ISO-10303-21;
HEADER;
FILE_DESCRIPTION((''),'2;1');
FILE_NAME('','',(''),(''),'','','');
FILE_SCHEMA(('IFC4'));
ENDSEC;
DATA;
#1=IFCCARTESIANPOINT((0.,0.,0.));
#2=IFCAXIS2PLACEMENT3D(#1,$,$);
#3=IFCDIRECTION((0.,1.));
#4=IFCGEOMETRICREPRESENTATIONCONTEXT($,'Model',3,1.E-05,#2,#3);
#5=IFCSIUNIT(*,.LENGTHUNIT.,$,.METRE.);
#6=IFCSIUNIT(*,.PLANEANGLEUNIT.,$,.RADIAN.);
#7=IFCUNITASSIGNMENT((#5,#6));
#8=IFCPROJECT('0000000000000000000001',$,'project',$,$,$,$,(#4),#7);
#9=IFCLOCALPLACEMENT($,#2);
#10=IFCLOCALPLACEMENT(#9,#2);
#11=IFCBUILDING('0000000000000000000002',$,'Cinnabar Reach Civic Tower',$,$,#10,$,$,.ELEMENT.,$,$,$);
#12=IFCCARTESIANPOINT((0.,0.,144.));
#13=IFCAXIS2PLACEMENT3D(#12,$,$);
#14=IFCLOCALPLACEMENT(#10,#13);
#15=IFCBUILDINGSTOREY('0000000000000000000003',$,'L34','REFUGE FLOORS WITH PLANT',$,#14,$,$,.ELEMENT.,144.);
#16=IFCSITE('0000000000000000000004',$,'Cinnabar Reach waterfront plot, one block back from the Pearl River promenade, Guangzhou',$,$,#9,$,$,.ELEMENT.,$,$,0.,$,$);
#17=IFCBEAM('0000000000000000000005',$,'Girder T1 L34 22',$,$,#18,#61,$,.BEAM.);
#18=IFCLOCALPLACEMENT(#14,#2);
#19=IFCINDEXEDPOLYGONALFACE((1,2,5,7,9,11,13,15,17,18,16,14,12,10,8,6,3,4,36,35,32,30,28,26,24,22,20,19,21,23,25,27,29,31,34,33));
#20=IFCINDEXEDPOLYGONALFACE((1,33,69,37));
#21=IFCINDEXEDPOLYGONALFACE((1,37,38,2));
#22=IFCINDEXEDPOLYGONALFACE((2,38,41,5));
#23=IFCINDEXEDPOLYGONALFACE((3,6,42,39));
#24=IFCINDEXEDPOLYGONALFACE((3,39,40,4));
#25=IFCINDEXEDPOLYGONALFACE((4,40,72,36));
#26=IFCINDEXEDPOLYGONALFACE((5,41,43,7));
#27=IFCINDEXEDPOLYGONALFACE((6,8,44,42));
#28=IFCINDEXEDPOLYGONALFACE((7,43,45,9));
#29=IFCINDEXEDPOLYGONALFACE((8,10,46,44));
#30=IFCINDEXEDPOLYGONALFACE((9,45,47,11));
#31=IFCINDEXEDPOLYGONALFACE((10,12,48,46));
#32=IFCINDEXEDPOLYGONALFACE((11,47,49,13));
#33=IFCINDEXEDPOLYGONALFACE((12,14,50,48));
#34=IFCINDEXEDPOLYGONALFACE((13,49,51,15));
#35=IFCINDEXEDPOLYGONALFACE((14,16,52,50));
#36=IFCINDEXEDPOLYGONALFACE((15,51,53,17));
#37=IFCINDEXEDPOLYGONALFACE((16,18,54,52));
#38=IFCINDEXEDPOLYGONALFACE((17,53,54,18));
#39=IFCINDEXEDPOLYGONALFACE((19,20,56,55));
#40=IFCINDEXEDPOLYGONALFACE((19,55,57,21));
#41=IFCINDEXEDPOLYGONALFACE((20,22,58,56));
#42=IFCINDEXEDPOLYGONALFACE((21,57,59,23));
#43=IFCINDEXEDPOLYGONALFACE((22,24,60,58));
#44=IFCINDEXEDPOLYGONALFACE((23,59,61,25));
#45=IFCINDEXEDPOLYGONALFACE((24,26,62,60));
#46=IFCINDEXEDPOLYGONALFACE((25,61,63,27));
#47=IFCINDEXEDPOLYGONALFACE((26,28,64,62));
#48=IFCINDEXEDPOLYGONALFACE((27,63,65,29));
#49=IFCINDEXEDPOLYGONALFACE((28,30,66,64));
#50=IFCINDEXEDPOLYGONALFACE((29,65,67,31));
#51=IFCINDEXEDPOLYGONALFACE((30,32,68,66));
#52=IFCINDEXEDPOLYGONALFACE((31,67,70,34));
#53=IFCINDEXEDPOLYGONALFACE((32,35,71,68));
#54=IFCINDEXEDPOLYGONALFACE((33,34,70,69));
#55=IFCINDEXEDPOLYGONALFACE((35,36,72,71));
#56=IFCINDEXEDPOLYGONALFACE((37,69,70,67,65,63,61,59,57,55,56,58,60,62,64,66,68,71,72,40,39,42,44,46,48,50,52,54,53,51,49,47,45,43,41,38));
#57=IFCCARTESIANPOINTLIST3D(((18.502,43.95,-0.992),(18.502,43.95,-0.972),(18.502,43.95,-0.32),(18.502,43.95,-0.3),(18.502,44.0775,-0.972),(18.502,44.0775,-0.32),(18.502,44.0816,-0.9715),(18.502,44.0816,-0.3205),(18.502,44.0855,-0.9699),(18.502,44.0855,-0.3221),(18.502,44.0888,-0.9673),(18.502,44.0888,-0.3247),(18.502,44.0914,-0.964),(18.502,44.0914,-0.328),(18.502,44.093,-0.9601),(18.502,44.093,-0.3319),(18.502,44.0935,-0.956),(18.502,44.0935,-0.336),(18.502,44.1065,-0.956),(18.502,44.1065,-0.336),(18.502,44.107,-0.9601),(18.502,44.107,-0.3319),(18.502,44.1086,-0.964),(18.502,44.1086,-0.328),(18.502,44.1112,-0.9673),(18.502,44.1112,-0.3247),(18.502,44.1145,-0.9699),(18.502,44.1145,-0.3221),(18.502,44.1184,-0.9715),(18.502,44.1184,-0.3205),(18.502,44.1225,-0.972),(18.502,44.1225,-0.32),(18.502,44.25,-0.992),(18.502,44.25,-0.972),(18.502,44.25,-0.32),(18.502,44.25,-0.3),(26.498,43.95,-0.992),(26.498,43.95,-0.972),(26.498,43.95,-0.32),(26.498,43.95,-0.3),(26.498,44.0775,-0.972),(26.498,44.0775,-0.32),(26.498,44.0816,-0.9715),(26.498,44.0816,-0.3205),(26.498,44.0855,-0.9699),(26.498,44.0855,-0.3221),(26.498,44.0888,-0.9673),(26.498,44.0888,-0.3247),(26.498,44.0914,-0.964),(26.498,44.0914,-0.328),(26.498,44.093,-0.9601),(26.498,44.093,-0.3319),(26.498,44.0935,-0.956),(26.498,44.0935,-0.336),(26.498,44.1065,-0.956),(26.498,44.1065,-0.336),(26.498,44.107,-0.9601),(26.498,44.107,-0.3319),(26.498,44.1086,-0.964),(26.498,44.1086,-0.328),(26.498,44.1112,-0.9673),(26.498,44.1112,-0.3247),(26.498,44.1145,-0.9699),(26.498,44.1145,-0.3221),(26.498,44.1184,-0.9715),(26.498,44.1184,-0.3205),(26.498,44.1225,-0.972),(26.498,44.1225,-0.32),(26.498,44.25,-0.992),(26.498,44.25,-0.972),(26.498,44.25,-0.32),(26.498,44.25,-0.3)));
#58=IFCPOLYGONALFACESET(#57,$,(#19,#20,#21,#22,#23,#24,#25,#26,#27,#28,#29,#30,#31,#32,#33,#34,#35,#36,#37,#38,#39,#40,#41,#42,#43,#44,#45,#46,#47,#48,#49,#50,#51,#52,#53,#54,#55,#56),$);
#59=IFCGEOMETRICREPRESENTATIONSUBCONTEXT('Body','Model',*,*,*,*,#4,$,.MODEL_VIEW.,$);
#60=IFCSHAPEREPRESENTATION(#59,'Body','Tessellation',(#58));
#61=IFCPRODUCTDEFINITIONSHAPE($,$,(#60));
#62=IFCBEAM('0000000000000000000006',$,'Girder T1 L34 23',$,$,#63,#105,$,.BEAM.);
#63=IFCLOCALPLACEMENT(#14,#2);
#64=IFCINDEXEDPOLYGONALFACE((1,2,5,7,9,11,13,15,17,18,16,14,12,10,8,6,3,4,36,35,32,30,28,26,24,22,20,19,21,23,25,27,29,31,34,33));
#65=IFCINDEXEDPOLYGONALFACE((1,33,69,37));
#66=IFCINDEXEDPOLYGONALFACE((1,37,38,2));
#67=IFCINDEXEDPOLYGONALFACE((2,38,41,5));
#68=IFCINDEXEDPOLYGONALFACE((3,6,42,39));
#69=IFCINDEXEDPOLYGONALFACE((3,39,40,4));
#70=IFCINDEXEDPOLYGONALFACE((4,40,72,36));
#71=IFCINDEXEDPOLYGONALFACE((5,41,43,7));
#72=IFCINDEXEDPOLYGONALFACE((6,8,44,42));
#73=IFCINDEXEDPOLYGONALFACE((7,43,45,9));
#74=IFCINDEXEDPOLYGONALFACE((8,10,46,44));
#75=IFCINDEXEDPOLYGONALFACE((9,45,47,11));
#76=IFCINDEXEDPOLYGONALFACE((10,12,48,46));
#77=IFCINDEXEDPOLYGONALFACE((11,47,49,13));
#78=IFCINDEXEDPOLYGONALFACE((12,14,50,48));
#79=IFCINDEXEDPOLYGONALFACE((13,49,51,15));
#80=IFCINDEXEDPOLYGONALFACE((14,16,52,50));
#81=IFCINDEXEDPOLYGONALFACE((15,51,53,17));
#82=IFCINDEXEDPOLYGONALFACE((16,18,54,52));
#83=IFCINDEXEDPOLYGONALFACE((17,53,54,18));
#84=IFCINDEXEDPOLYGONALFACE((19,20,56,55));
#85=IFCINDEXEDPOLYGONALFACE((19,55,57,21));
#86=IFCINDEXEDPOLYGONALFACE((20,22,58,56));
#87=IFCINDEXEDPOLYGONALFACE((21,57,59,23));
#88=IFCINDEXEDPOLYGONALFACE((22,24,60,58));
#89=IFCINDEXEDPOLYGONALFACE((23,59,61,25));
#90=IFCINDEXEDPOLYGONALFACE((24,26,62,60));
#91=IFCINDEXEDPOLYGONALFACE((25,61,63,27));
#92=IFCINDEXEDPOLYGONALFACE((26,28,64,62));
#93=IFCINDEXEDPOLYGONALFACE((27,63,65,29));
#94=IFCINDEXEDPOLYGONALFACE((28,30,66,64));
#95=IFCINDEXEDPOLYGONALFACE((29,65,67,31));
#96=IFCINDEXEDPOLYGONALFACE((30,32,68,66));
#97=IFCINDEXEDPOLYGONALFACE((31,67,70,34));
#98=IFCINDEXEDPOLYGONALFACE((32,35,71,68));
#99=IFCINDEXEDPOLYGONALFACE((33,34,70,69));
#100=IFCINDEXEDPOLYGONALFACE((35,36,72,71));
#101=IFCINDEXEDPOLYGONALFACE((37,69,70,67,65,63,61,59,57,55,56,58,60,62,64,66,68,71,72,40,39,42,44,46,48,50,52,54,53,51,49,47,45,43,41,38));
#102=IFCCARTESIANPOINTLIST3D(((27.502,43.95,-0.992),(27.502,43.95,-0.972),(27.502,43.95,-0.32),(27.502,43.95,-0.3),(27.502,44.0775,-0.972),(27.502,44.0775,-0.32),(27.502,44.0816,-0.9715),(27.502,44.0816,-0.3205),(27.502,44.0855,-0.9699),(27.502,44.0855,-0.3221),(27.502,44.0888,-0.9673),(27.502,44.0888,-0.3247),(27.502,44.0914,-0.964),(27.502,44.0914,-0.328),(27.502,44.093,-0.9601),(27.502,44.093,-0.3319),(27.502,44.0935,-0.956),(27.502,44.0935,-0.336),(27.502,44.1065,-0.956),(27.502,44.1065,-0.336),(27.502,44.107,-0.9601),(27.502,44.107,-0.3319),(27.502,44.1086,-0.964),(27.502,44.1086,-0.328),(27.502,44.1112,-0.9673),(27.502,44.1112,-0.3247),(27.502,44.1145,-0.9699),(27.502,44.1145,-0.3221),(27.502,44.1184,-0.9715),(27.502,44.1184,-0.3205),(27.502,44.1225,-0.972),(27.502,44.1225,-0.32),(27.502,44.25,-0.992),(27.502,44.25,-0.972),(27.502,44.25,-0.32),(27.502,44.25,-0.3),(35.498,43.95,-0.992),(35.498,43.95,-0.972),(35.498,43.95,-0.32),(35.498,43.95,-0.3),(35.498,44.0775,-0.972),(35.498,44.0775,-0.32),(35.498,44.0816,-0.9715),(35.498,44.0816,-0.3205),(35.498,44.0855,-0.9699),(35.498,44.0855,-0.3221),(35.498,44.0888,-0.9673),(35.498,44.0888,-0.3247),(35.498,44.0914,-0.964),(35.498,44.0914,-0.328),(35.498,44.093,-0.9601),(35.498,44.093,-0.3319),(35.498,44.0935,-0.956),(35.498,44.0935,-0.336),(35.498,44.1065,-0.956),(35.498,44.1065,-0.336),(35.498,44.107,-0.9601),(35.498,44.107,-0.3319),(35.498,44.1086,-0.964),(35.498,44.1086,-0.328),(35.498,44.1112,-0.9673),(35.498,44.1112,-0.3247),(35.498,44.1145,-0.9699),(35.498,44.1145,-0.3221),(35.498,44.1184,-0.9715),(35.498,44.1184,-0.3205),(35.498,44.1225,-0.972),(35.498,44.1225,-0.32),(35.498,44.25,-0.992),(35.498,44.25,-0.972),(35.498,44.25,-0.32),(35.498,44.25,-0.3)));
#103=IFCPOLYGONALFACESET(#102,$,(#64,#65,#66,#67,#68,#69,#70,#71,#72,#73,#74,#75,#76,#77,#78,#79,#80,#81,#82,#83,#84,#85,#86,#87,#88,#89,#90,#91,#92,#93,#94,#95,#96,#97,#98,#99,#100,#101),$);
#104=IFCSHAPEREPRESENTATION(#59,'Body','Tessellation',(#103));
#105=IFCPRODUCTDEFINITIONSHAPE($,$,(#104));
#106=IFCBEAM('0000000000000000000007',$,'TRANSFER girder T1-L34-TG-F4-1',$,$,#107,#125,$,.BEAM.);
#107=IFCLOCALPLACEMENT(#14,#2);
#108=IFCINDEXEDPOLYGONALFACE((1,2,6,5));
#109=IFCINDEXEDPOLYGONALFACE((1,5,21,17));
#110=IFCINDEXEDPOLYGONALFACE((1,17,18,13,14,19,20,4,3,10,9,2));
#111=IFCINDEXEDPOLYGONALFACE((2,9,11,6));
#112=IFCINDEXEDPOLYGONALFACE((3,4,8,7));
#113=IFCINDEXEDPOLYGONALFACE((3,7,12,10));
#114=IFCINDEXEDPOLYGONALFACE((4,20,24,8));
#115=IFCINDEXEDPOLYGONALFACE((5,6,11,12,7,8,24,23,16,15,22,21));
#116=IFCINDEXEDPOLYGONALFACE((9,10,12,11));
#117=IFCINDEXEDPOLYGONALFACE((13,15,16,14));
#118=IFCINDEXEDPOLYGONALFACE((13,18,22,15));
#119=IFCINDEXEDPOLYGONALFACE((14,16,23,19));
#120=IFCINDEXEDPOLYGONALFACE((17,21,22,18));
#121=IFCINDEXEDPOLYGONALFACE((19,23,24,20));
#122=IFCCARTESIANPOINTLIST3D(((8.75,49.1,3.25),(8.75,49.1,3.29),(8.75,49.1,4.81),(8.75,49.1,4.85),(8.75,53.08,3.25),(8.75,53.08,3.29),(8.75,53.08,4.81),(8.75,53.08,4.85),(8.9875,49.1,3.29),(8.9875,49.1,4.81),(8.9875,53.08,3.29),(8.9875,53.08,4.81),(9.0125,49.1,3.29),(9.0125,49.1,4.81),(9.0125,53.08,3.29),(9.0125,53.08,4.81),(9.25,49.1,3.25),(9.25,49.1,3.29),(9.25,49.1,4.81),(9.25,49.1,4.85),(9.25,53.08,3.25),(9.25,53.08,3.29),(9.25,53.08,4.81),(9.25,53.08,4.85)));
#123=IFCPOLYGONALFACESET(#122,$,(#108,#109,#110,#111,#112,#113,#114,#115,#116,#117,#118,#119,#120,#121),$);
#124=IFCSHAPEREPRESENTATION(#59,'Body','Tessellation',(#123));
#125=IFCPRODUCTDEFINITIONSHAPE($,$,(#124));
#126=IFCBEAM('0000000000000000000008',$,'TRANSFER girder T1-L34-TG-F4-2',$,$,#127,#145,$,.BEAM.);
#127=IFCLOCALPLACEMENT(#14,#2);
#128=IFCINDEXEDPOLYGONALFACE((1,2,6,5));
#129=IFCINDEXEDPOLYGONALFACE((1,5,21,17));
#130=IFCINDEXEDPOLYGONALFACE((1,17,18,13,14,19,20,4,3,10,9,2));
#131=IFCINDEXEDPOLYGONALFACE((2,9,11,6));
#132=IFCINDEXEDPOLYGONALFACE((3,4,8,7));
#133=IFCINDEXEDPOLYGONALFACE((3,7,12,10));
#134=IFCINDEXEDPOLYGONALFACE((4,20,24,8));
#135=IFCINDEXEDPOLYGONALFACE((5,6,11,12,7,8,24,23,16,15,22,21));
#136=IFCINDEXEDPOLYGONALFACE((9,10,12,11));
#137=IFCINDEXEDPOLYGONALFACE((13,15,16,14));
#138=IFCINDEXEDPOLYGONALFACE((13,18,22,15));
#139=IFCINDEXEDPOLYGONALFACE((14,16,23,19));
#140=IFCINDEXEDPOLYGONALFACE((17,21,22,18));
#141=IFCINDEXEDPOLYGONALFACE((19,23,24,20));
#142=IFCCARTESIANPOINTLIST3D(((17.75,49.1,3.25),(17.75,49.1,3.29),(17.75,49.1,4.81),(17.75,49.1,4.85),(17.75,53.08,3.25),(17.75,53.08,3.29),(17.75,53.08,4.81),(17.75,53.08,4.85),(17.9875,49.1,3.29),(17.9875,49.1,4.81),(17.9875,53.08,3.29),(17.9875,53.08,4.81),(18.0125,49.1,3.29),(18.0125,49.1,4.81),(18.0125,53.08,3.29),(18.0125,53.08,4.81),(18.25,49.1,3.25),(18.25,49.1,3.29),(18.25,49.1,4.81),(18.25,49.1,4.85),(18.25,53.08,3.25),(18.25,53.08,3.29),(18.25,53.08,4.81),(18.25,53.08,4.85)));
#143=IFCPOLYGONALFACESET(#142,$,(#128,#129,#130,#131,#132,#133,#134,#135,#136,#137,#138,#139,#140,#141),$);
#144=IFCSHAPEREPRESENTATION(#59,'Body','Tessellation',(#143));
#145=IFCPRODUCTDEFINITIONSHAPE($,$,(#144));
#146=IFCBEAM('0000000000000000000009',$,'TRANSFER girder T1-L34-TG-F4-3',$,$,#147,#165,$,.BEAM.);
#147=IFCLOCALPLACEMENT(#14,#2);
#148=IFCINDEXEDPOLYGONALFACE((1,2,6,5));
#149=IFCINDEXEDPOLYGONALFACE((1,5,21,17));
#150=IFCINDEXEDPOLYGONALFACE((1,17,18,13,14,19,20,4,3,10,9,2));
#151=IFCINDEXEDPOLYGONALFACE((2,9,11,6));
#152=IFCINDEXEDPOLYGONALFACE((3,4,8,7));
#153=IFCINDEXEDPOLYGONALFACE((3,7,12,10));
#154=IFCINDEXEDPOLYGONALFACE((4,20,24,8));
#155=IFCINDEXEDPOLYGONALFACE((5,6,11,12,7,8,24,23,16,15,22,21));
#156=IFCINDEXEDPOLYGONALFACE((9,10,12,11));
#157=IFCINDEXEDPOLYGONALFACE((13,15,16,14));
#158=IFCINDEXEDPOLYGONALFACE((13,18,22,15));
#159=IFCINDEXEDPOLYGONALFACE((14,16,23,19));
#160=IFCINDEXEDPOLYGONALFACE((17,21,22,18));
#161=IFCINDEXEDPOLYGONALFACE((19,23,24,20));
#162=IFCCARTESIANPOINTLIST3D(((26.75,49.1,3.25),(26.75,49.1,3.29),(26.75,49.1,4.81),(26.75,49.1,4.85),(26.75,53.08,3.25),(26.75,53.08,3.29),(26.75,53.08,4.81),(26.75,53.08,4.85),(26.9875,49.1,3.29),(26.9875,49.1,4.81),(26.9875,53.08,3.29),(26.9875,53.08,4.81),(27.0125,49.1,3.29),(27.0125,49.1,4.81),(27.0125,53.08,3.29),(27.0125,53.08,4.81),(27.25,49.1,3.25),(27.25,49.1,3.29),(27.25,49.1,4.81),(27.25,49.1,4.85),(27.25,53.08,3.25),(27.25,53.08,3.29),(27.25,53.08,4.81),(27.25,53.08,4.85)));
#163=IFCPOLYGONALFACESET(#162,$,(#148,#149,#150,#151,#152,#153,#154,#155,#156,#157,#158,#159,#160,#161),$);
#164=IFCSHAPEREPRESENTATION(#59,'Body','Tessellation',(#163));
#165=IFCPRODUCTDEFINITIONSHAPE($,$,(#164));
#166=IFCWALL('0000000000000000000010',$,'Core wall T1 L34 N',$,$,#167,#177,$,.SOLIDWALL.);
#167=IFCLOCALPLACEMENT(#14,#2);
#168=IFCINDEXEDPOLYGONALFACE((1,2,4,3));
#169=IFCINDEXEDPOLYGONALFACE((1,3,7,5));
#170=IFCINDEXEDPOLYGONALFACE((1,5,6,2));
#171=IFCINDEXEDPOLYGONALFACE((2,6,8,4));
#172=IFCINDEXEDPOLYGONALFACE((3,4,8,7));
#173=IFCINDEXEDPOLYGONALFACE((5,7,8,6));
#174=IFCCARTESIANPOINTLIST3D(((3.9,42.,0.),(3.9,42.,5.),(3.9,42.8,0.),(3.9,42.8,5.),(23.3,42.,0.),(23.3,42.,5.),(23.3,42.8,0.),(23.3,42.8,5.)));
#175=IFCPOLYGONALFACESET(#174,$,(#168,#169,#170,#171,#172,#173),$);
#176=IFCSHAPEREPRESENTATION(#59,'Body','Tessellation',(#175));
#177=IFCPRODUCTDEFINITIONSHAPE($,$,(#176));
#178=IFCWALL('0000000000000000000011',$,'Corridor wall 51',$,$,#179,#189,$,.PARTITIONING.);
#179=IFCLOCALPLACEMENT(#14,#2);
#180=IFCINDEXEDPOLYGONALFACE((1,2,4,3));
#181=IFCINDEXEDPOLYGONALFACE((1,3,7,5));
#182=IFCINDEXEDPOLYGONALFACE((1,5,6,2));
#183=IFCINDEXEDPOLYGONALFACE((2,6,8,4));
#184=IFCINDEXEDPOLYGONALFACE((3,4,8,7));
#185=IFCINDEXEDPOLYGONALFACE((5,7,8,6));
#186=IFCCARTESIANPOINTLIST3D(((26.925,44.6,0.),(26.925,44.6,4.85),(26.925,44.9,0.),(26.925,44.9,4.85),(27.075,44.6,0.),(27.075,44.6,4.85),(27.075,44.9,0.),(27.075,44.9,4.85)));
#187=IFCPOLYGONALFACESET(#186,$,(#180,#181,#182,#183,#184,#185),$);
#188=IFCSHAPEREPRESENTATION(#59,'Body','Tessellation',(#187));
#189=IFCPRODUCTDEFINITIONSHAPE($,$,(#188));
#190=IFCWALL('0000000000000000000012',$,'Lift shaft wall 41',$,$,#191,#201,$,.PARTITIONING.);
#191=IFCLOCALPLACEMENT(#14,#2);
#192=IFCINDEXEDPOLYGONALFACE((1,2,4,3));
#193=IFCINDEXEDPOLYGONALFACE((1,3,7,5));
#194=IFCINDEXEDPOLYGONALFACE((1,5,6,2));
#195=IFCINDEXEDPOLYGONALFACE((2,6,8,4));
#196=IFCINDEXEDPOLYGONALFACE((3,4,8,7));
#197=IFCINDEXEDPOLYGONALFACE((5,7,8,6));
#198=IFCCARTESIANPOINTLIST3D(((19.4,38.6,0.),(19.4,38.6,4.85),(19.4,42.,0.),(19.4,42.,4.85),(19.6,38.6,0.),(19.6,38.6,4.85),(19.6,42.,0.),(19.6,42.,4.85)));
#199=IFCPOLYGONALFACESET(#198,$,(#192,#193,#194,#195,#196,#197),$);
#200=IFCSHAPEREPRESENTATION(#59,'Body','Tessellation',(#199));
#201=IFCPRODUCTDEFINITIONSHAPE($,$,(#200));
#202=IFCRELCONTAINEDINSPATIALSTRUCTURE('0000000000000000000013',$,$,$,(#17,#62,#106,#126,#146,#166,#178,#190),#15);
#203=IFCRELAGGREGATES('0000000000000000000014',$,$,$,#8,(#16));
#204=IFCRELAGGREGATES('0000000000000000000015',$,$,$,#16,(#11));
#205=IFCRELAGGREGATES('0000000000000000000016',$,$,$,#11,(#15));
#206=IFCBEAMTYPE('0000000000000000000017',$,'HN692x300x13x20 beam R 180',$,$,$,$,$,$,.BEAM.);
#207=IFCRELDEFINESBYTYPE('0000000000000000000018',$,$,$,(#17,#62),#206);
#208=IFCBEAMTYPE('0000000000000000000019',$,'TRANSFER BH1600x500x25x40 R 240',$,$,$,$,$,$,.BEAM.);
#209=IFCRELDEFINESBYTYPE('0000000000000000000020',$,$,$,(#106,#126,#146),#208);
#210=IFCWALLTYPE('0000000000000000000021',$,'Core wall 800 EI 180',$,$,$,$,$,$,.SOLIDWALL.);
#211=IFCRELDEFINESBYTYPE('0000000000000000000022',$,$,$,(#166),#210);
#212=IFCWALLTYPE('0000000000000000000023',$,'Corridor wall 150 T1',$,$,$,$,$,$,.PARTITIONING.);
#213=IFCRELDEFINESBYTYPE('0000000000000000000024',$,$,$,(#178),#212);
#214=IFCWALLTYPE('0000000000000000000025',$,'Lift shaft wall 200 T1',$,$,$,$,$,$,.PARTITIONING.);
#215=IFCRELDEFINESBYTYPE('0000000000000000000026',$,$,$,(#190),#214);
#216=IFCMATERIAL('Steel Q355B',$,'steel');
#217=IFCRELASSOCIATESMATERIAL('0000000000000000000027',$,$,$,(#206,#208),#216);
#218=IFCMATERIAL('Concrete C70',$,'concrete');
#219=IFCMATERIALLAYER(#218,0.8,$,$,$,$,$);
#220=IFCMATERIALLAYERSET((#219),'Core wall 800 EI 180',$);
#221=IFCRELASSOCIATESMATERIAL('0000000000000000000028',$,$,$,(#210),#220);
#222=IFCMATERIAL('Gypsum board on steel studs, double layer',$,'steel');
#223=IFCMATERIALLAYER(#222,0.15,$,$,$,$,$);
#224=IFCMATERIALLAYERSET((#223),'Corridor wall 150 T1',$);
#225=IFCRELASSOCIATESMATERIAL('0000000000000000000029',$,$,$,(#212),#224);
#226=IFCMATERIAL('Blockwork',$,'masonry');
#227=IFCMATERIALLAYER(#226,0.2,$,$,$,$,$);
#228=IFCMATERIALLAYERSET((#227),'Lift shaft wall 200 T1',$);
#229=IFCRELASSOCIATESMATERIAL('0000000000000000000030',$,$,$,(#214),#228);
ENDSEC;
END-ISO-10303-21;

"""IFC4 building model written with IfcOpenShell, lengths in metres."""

from ifc_helpers import new_model, si_unit, direction, frame, frame_2d, origin, origin_2d, place, context, subcontext, project, spatial, rectangle, i_section, extrude, material, layer, layer_set, material_profile, profile_set, type_object, element, save


model = new_model("IFC4")

# Units and contexts
model_context = context("Model", 3, precision=1e-05, world=origin(), true_north=direction((0.0, 1.0)))
body_context = subcontext(model_context, "Body", "Model", "MODEL_VIEW")
ifc_project = project(units=[si_unit("LENGTHUNIT", "METRE"), si_unit("PLANEANGLEUNIT", "RADIAN")], contexts=[model_context])

# Site, building, storey
site_placement = place(None, origin())
site = spatial("IfcSite", under=ifc_project, at=site_placement, Name="Cinnabar Reach waterfront plot, one block back from the Pearl River promenade, Guangzhou", CompositionType="ELEMENT", RefElevation=0.0)
building_placement = place(site_placement, origin())
building = spatial("IfcBuilding", under=site, at=building_placement, Name="Cinnabar Reach Civic Tower", CompositionType="ELEMENT")
storey_placement = place(building_placement, frame((0.0, 0.0, 144.0)))
storey = spatial("IfcBuildingStorey", under=building, at=storey_placement, Name="L34", Description="REFUGE FLOORS WITH PLANT", CompositionType="ELEMENT", Elevation=144.0)

# Shared definitions
ifc_material_1 = material(Name="Concrete C70", Category="concrete")

# Beams
ifc_material_2 = material(Name="Steel Q355B", Category="steel")
ifc_material_profile_1 = material_profile(ifc_material_2, i_section(OverallWidth=0.3, OverallDepth=0.692, WebThickness=0.013, FlangeThickness=0.02, FilletRadius=0.016, at=origin_2d()), Name="HN692x300x13x20")
ifc_profile_set_1 = profile_set([ifc_material_profile_1], Name="Steel Q355B")
beam_type_1 = type_object("IfcBeamType", Name="HN692x300x13x20 beam R 180", PredefinedType="BEAM", material=ifc_profile_set_1)
for number, where, z_axis, x_axis, name in (
    (1, (18.502, 44.1, -0.646), (1.0, 0.0, 0.0), (0.0, 1.0, 0.0), "Girder T1 L34 22"),
    (2, (27.502, 44.1, -0.646), (1.0, 0.0, 0.0), (0.0, 1.0, 0.0), "Girder T1 L34 23"),
):
    element("IfcBeam", number, at=place(storey_placement, frame(where, z_axis=z_axis, x_axis=x_axis)), inside=storey, type_object=beam_type_1, Name=name, PredefinedType="BEAM", context=body_context, shape_type="SweptSolid", body=[
        extrude(i_section(OverallWidth=0.3, OverallDepth=0.692, WebThickness=0.013, FlangeThickness=0.02, FilletRadius=0.016, at=origin_2d()), origin(), (0.0, 0.0, 1.0), 7.996),
    ])
ifc_material_profile_2 = material_profile(ifc_material_2, i_section(OverallWidth=0.5, OverallDepth=1.6, WebThickness=0.025, FlangeThickness=0.04, at=origin_2d()), Name="BH1600x500x25x40")
ifc_profile_set_2 = profile_set([ifc_material_profile_2], Name="Steel Q355B")
beam_type_2 = type_object("IfcBeamType", Name="TRANSFER BH1600x500x25x40 R 240", PredefinedType="BEAM", material=ifc_profile_set_2)
for number, where, z_axis, x_axis, name in (
    (3, (9.0, 49.1, 4.05), (0.0, 1.0, 0.0), (-1.0, 0.0, 0.0), "TRANSFER girder T1-L34-TG-F4-1"),
    (4, (18.0, 49.1, 4.05), (0.0, 1.0, 0.0), (-1.0, 0.0, 0.0), "TRANSFER girder T1-L34-TG-F4-2"),
    (5, (27.0, 49.1, 4.05), (0.0, 1.0, 0.0), (-1.0, 0.0, 0.0), "TRANSFER girder T1-L34-TG-F4-3"),
):
    element("IfcBeam", number, at=place(storey_placement, frame(where, z_axis=z_axis, x_axis=x_axis)), inside=storey, type_object=beam_type_2, Name=name, PredefinedType="BEAM", context=body_context, shape_type="SweptSolid", body=[
        extrude(i_section(OverallWidth=0.5, OverallDepth=1.6, WebThickness=0.025, FlangeThickness=0.04, at=origin_2d()), origin(), (0.0, 0.0, 1.0), 3.98),
    ])

# Walls
ifc_layer_1 = layer(ifc_material_1, 0.8)
ifc_layer_set_1 = layer_set([ifc_layer_1], Name="Core wall 800 EI 180")
wall_type_1 = type_object("IfcWallType", Name="Core wall 800 EI 180", PredefinedType="SOLIDWALL", material=ifc_layer_set_1)
wall_1_placement = place(storey_placement, frame((23.3, 42.4, 0.0), z_axis=(0.0, 0.0, 1.0), x_axis=(-1.0, 0.0, 0.0)))
element("IfcWall", 6, at=wall_1_placement, inside=storey, type_object=wall_type_1, Name="Core wall T1 L34 N", PredefinedType="SOLIDWALL", context=body_context, shape_type="SweptSolid", body=[
    extrude(rectangle(XDim=19.4, YDim=0.8, at=frame_2d((9.7, 0.0))), origin(), (0.0, 0.0, 1.0), 5.0),
])
ifc_material_3 = material(Name="Gypsum board on steel studs, double layer", Category="steel")
ifc_layer_2 = layer(ifc_material_3, 0.15)
ifc_layer_set_2 = layer_set([ifc_layer_2], Name="Corridor wall 150 T1")
wall_type_2 = type_object("IfcWallType", Name="Corridor wall 150 T1", PredefinedType="PARTITIONING", material=ifc_layer_set_2)
wall_2_placement = place(storey_placement, frame((27.0, 44.6, 0.0), z_axis=(0.0, 0.0, 1.0), x_axis=(0.0, 1.0, 0.0)))
element("IfcWall", 7, at=wall_2_placement, inside=storey, type_object=wall_type_2, Name="Corridor wall 51", PredefinedType="PARTITIONING", context=body_context, shape_type="SweptSolid", body=[
    extrude(rectangle(XDim=0.3, YDim=0.15, at=frame_2d((0.15, 0.0))), origin(), (0.0, 0.0, 1.0), 4.85),
])
ifc_material_4 = material(Name="Blockwork", Category="masonry")
ifc_layer_3 = layer(ifc_material_4, 0.2)
ifc_layer_set_3 = layer_set([ifc_layer_3], Name="Lift shaft wall 200 T1")
wall_type_3 = type_object("IfcWallType", Name="Lift shaft wall 200 T1", PredefinedType="PARTITIONING", material=ifc_layer_set_3)
wall_3_placement = place(storey_placement, frame((19.5, 38.6, 0.0), z_axis=(0.0, 0.0, 1.0), x_axis=(0.0, 1.0, 0.0)))
element("IfcWall", 8, at=wall_3_placement, inside=storey, type_object=wall_type_3, Name="Lift shaft wall 41", PredefinedType="PARTITIONING", context=body_context, shape_type="SweptSolid", body=[
    extrude(rectangle(XDim=3.4, YDim=0.2, at=frame_2d((1.7, 0.0))), origin(), (0.0, 0.0, 1.0), 4.85),
])

save(model, "model.ifc")
